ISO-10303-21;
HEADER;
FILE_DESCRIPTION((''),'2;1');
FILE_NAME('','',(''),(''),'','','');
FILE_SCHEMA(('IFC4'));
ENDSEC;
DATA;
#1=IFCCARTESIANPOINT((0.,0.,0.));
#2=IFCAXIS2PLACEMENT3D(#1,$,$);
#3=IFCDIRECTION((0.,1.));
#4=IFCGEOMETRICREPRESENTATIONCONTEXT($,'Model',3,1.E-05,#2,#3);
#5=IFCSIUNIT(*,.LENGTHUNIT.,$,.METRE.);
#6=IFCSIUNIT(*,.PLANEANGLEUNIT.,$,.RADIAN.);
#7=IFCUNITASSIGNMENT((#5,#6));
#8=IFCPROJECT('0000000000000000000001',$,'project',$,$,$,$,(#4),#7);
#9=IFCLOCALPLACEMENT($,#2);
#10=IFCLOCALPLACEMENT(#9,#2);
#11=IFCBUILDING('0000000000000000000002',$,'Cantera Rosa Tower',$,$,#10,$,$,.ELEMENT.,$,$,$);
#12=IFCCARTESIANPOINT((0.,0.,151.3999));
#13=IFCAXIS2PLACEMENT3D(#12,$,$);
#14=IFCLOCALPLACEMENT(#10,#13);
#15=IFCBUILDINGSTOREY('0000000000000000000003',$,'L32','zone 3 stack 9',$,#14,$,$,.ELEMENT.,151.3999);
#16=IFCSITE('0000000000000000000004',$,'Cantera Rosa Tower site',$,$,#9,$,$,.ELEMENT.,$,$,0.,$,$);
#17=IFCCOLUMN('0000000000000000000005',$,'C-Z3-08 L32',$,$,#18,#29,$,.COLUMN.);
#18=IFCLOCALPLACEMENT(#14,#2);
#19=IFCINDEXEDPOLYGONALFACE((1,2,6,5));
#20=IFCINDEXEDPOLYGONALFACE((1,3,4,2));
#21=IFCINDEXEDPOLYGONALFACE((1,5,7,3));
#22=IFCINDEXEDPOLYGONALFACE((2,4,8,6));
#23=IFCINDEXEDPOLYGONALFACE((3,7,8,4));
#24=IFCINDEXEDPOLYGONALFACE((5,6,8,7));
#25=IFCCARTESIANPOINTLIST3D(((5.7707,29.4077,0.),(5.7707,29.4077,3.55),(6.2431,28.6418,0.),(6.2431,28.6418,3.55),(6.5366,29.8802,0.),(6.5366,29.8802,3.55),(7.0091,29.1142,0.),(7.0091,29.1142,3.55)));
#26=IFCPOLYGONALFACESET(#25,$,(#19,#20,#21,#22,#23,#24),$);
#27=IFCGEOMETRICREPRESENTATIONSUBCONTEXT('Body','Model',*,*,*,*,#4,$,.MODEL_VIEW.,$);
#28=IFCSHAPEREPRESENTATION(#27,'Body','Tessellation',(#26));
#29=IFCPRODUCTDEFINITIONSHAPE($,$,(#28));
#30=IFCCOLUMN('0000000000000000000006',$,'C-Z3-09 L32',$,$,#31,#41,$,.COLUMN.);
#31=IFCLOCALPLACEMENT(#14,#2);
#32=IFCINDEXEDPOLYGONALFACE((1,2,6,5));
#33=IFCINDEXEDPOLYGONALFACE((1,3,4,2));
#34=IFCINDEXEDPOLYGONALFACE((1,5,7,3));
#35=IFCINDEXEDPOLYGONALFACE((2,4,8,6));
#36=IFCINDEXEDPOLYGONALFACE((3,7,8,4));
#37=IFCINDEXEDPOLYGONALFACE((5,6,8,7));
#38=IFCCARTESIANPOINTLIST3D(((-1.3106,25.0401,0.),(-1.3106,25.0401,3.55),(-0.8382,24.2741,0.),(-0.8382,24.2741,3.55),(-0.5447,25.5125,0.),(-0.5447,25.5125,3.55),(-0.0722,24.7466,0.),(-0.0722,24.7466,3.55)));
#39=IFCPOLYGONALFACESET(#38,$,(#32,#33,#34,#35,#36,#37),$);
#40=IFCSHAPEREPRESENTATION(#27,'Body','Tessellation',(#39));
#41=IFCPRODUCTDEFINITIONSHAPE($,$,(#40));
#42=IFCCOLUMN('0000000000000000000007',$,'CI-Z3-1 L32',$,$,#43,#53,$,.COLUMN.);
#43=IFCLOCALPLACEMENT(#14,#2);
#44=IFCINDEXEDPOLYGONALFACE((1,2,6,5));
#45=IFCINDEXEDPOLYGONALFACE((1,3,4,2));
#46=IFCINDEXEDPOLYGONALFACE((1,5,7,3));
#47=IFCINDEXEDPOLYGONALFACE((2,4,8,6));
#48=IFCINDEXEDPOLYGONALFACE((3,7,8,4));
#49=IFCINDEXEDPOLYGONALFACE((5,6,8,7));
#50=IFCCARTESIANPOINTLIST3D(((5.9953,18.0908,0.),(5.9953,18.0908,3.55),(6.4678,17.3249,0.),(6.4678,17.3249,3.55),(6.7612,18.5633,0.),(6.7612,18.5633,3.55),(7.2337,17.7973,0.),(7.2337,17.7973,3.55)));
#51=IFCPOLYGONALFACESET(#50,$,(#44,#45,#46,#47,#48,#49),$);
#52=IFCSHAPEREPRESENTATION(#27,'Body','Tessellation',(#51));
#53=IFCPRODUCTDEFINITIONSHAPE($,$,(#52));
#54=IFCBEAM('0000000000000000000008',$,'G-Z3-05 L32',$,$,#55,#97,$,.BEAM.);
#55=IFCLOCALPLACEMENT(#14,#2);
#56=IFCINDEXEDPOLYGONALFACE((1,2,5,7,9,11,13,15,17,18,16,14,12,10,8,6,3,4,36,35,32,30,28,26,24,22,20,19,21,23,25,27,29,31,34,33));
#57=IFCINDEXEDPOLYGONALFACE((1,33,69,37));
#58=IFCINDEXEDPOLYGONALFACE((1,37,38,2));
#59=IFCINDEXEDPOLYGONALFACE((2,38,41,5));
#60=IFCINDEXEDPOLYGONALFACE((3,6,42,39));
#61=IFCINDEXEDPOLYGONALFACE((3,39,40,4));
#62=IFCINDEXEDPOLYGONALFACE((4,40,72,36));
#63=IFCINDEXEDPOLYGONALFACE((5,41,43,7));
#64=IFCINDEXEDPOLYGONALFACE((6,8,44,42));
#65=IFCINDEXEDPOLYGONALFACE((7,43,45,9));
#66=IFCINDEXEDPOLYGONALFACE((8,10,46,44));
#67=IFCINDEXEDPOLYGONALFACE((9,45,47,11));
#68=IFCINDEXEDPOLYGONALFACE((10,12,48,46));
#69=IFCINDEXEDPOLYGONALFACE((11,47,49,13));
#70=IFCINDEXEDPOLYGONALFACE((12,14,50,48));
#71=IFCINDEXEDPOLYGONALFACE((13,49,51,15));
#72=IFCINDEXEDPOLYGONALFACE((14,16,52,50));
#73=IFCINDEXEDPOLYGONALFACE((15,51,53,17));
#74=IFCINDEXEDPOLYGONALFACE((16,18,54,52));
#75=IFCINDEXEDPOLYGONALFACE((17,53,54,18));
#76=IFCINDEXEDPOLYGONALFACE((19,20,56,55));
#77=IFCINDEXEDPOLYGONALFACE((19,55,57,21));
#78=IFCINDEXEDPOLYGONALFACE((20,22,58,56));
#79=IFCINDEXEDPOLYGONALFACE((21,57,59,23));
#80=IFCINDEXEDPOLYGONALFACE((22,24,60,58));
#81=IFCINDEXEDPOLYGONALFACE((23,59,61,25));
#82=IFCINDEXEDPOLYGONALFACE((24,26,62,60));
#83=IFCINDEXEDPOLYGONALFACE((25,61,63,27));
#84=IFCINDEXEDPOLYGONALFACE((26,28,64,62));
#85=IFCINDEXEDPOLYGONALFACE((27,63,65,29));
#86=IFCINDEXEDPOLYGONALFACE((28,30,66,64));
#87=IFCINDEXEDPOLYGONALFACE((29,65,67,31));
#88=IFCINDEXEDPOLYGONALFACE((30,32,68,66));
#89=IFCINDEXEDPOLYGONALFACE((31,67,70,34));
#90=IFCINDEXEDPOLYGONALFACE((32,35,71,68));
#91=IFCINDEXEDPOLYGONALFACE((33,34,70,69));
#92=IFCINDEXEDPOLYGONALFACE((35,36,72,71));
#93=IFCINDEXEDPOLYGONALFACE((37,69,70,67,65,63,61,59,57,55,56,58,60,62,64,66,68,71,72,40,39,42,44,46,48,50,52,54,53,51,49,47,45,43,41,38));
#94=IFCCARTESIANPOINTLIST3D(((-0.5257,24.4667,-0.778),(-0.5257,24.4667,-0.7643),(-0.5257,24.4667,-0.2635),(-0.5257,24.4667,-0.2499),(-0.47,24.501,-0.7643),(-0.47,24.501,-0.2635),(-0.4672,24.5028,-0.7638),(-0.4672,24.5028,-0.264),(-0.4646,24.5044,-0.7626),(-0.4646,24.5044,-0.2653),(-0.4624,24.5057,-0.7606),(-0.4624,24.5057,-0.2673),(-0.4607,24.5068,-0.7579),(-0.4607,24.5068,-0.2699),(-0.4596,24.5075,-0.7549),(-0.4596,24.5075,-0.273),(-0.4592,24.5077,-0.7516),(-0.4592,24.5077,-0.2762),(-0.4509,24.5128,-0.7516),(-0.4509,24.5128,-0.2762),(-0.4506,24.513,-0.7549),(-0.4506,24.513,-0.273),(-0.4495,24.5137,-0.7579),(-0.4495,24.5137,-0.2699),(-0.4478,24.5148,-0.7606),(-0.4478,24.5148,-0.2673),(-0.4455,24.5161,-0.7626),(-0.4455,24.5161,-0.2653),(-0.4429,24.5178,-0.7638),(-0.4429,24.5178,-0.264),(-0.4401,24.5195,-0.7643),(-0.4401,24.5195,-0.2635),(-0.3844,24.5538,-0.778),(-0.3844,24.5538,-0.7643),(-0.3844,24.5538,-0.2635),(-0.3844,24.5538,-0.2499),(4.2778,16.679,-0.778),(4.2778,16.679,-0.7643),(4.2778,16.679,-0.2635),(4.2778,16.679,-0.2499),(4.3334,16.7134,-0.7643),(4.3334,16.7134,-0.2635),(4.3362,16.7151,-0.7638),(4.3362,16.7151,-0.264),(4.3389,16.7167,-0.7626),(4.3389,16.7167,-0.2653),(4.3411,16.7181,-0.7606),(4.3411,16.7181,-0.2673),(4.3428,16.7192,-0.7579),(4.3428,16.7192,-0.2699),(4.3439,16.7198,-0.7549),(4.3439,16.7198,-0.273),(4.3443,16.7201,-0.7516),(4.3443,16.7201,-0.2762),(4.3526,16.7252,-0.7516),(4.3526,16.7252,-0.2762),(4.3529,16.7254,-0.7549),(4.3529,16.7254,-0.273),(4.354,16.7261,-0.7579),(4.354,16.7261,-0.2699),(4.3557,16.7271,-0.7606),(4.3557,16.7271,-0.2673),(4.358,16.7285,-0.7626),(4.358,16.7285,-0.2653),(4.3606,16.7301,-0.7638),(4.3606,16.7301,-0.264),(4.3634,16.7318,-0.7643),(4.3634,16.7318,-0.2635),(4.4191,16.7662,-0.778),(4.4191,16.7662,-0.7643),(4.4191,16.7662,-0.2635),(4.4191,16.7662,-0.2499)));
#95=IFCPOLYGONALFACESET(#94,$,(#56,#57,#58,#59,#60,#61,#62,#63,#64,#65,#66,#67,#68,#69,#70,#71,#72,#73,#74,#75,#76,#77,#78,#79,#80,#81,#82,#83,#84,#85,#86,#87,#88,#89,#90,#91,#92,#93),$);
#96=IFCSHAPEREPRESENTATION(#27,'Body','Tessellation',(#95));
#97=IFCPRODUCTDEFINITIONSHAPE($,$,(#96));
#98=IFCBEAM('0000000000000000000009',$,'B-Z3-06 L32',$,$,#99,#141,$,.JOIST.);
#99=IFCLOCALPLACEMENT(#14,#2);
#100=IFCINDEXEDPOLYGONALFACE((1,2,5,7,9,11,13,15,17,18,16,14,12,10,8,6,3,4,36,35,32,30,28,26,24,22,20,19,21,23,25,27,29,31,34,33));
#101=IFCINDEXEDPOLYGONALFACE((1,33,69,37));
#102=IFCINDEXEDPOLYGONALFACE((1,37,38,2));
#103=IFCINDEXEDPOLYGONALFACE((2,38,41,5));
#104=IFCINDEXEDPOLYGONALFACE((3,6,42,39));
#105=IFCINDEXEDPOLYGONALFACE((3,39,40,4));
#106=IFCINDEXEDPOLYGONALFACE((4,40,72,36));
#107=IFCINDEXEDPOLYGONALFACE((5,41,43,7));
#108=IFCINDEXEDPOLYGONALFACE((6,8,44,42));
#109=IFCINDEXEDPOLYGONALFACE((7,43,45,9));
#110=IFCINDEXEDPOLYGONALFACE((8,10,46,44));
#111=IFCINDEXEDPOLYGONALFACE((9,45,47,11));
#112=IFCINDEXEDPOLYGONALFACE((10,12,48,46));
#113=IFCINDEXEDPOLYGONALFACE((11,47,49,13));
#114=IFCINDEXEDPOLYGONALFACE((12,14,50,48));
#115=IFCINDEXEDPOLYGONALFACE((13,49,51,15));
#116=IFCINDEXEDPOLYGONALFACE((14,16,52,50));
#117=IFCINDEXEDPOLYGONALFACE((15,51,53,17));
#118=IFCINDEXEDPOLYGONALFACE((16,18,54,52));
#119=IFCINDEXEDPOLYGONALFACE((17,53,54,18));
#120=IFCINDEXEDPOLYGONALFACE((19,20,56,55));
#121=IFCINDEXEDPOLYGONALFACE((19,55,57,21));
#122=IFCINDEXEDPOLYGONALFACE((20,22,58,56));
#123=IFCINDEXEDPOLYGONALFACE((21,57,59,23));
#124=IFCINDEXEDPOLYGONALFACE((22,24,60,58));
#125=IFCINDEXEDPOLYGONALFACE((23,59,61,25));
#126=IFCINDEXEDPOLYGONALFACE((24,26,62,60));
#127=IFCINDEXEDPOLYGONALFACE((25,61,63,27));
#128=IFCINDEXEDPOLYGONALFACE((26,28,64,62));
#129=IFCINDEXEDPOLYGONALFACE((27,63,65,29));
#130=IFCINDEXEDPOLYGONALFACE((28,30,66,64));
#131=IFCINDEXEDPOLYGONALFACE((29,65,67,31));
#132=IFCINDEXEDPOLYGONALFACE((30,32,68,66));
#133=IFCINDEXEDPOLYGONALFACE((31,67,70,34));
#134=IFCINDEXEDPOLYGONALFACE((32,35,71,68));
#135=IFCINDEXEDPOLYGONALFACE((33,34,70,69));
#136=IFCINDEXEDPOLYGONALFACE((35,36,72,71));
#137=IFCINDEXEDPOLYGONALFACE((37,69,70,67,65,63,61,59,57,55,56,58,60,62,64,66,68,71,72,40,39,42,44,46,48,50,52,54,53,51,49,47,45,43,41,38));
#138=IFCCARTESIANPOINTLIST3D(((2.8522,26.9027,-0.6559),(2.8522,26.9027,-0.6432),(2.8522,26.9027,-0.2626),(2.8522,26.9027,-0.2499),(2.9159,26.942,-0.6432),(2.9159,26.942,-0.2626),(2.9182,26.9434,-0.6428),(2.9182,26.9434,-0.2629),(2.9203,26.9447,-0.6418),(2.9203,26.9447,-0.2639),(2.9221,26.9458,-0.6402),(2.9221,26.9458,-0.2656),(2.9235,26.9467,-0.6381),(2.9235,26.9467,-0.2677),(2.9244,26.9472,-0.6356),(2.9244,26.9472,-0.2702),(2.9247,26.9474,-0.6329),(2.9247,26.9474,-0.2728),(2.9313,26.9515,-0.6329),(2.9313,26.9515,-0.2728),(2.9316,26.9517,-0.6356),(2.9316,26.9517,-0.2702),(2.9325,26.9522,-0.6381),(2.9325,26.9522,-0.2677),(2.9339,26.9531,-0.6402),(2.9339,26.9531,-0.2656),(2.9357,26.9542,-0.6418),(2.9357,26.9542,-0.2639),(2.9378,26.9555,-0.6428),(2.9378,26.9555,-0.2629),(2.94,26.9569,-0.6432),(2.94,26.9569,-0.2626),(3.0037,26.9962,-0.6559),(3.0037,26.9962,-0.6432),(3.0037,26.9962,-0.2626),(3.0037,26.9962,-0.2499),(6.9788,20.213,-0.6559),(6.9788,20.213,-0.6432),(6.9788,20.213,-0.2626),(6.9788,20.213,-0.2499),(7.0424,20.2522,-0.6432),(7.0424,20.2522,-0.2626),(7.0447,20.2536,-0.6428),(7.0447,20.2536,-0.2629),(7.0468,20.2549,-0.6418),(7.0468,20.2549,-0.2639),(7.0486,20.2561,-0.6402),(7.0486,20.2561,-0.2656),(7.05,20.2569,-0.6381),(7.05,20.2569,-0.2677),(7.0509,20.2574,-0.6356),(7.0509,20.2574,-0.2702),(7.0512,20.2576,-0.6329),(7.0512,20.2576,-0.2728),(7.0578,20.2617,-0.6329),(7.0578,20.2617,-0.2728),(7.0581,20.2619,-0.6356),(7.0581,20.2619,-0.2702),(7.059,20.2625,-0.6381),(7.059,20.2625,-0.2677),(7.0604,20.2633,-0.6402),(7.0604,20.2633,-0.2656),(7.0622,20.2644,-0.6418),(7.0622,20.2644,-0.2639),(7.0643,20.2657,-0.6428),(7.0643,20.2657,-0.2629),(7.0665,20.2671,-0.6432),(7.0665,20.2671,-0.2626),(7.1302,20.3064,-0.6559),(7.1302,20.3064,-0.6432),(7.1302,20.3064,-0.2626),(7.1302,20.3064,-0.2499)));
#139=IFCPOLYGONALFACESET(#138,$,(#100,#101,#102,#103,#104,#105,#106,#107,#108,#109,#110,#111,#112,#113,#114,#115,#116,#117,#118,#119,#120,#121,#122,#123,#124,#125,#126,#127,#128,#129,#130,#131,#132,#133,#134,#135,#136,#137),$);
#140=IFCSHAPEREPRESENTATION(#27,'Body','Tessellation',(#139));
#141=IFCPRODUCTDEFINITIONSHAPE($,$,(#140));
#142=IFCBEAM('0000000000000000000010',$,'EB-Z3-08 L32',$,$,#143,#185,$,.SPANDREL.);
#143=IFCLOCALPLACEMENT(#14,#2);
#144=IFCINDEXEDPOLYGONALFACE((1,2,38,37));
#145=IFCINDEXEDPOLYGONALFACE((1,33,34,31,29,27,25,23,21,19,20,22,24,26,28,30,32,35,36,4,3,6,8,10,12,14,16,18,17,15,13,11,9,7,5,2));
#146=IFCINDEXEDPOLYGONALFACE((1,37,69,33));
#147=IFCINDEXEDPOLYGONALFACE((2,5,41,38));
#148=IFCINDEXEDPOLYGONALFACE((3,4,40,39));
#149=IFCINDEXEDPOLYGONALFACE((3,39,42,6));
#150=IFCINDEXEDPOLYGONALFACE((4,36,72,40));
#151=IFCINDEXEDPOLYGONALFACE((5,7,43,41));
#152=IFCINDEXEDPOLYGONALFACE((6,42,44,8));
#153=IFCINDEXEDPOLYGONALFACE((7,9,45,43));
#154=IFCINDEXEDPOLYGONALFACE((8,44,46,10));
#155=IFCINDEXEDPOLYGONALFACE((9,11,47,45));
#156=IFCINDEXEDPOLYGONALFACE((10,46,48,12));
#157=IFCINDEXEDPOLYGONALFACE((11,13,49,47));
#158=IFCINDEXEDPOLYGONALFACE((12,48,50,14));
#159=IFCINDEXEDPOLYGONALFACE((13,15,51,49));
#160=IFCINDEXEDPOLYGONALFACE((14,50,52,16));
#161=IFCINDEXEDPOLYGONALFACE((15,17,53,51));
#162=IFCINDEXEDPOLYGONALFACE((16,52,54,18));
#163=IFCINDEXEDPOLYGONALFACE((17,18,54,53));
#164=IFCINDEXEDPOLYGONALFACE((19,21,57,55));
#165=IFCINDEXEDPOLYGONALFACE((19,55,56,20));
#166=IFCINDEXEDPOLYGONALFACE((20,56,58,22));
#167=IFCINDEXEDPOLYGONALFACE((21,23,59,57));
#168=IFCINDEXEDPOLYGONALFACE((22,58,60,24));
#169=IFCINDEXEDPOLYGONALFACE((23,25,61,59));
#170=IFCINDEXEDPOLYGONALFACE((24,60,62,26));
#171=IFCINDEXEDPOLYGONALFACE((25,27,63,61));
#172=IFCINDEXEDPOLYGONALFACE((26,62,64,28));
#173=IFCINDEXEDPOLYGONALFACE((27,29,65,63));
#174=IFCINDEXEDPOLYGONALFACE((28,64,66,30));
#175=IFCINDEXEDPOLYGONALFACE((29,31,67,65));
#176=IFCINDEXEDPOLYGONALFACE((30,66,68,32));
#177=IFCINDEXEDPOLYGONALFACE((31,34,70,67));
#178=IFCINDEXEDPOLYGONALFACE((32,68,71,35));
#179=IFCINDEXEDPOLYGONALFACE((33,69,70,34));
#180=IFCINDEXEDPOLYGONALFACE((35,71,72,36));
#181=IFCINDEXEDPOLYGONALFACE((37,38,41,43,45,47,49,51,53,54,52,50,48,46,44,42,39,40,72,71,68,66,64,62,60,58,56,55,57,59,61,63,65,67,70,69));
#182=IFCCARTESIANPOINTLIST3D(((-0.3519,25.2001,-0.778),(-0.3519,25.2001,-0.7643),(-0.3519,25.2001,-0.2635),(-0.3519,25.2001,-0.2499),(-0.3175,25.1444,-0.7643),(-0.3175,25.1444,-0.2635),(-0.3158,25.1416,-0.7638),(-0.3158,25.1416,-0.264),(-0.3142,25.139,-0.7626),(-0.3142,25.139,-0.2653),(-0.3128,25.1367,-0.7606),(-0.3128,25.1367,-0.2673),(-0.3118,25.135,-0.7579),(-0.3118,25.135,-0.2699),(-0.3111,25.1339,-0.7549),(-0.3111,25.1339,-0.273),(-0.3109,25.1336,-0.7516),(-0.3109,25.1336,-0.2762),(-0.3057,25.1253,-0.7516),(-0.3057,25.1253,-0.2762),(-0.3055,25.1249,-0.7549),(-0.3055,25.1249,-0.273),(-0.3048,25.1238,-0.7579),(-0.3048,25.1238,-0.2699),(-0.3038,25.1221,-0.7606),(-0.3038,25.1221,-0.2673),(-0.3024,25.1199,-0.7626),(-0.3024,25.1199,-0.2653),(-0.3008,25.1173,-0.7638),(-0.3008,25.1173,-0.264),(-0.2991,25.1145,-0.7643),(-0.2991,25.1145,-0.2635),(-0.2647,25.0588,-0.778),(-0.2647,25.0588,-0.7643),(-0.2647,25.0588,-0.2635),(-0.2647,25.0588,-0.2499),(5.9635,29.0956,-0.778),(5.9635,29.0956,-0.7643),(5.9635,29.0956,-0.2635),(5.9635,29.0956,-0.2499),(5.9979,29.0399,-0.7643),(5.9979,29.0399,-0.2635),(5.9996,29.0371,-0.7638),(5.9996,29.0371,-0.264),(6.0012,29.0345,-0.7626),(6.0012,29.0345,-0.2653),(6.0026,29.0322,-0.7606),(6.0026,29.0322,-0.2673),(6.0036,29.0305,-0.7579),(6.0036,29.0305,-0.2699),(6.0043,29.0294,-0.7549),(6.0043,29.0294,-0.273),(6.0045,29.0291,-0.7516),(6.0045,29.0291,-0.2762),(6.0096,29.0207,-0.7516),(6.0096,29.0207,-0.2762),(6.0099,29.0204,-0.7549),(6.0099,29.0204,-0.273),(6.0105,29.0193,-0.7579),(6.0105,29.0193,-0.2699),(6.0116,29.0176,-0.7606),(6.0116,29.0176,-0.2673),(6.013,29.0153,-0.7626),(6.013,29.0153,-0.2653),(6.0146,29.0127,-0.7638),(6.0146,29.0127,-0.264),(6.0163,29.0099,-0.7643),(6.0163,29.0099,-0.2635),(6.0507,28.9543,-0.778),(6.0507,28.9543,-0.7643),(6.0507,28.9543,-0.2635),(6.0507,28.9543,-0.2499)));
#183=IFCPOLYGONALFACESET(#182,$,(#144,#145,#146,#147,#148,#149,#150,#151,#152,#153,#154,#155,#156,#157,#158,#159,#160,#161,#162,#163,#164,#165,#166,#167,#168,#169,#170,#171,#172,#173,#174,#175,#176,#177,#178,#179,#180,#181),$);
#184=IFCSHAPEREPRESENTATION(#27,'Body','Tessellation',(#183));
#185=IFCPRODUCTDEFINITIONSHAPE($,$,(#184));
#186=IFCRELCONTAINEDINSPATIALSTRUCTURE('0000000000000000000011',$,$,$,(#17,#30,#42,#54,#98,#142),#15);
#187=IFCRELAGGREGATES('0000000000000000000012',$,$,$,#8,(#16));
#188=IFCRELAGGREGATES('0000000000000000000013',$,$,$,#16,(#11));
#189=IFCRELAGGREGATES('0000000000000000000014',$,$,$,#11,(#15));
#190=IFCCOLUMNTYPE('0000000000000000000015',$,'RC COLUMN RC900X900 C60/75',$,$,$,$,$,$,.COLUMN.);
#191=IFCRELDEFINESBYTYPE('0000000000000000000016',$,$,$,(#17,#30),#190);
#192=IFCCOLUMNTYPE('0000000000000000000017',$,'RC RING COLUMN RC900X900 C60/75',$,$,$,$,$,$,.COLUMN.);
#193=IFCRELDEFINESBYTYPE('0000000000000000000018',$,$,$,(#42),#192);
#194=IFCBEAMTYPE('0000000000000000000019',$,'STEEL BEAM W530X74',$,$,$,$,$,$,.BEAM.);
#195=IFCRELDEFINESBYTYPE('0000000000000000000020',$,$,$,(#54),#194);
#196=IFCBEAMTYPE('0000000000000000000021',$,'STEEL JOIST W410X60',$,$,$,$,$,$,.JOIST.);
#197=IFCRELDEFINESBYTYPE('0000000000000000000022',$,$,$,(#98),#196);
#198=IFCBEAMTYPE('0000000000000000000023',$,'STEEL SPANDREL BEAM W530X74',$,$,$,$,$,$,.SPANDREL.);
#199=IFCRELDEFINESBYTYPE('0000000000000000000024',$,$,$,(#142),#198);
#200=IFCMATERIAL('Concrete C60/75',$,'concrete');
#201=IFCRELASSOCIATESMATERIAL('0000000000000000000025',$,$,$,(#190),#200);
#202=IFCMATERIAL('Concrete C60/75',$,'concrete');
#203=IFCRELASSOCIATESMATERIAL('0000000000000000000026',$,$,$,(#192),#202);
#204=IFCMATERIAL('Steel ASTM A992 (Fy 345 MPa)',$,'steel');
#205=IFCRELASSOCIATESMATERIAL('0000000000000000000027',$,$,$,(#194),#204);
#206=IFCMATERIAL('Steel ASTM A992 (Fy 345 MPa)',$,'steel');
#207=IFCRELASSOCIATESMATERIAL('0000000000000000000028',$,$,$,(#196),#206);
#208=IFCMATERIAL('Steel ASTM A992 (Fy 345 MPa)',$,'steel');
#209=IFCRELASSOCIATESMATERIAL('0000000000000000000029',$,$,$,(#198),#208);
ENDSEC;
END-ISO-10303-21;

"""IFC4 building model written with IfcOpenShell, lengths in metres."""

from ifc_helpers import new_model, si_unit, direction, frame, origin, origin_2d, place, context, subcontext, project, spatial, rectangle, i_section, extrude, material, material_profile, profile_set, type_object, element, save


model = new_model("IFC4")

# Units and contexts
model_context = context("Model", 3, precision=1e-05, world=origin(), true_north=direction((0.0, 1.0)))
body_context = subcontext(model_context, "Body", "Model", "MODEL_VIEW")
ifc_project = project(units=[si_unit("LENGTHUNIT", "METRE"), si_unit("PLANEANGLEUNIT", "RADIAN")], contexts=[model_context])

# Site, building, storey
site_placement = place(None, origin())
site = spatial("IfcSite", under=ifc_project, at=site_placement, Name="Cantera Rosa Tower site", CompositionType="ELEMENT", RefElevation=0.0)
building_placement = place(site_placement, origin())
building = spatial("IfcBuilding", under=site, at=building_placement, Name="Cantera Rosa Tower", CompositionType="ELEMENT")
storey_placement = place(building_placement, frame((0.0, 0.0, 151.3999)))
storey = spatial("IfcBuildingStorey", under=building, at=storey_placement, Name="L32", Description="zone 3 stack 9", CompositionType="ELEMENT", Elevation=151.3999)

# Columns
ifc_material_1 = material(Name="Concrete C60/75", Category="concrete")
ifc_material_profile_1 = material_profile(ifc_material_1, rectangle(XDim=0.8999, YDim=0.8999, at=origin_2d()), Name="RC COLUMN RC900X900 C60/75")
ifc_profile_set_1 = profile_set([ifc_material_profile_1], Name="Concrete C60/75")
column_type_1 = type_object("IfcColumnType", Name="RC COLUMN RC900X900 C60/75", PredefinedType="COLUMN", material=ifc_profile_set_1)
for number, where, z_axis, x_axis, name in (
    (1, (6.3899, 29.261, 0.0), (0.0, 0.0, 1.0), (0.851117, 0.524977, 0.0), "C-Z3-08 L32"),
    (2, (-0.6914, 24.8933, 0.0), (0.0, 0.0, 1.0), (0.851117, 0.524977, 0.0), "C-Z3-09 L32"),
):
    element("IfcColumn", number, at=place(storey_placement, frame(where, z_axis=z_axis, x_axis=x_axis)), inside=storey, type_object=column_type_1, Name=name, PredefinedType="COLUMN", context=body_context, shape_type="SweptSolid", body=[
        extrude(rectangle(XDim=0.8999, YDim=0.8999, at=origin_2d()), origin(), (0.0, 0.0, 1.0), 3.55),
    ])
ifc_material_2 = material(Name="Concrete C60/75", Category="concrete")
ifc_material_profile_2 = material_profile(ifc_material_2, rectangle(XDim=0.8999, YDim=0.8999, at=origin_2d()), Name="RC RING COLUMN RC900X900 C60/75")
ifc_profile_set_2 = profile_set([ifc_material_profile_2], Name="Concrete C60/75")
column_type_2 = type_object("IfcColumnType", Name="RC RING COLUMN RC900X900 C60/75", PredefinedType="COLUMN", material=ifc_profile_set_2)
column_placement = place(storey_placement, frame((6.6145, 17.9441, 0.0), z_axis=(0.0, 0.0, 1.0), x_axis=(0.851117, 0.524977, 0.0)))
element("IfcColumn", 3, at=column_placement, inside=storey, type_object=column_type_2, Name="CI-Z3-1 L32", PredefinedType="COLUMN", context=body_context, shape_type="SweptSolid", body=[
    extrude(rectangle(XDim=0.8999, YDim=0.8999, at=origin_2d()), origin(), (0.0, 0.0, 1.0), 3.55),
])

# Beams
ifc_material_3 = material(Name="Steel ASTM A992 (Fy 345 MPa)", Category="steel")
ifc_material_profile_3 = material_profile(ifc_material_3, i_section(OverallWidth=0.166, OverallDepth=0.5281, WebThickness=0.0098, FlangeThickness=0.0137, FilletRadius=0.0127, at=origin_2d()), Name="W530X74")
ifc_profile_set_3 = profile_set([ifc_material_profile_3], Name="Steel ASTM A992 (Fy 345 MPa)")
beam_type_1 = type_object("IfcBeamType", Name="STEEL BEAM W530X74", PredefinedType="BEAM", material=ifc_profile_set_3)
beam_1_placement = place(storey_placement, frame((-0.4551, 24.5103, -0.5139), z_axis=(0.524977, -0.851116, 0.0), x_axis=(0.851116, 0.524977, 0.0)))
element("IfcBeam", 4, at=beam_1_placement, inside=storey, type_object=beam_type_1, Name="G-Z3-05 L32", PredefinedType="BEAM", context=body_context, shape_type="SweptSolid", body=[
    extrude(i_section(OverallWidth=0.166, OverallDepth=0.5281, WebThickness=0.0098, FlangeThickness=0.0137, FilletRadius=0.0127, at=origin_2d()), origin(), (0.0, 0.0, 1.0), 9.1499),
])
ifc_material_4 = material(Name="Steel ASTM A992 (Fy 345 MPa)", Category="steel")
ifc_material_profile_4 = material_profile(ifc_material_4, i_section(OverallWidth=0.178, OverallDepth=0.406, WebThickness=0.0078, FlangeThickness=0.0127, FilletRadius=0.0103, at=origin_2d()), Name="W410X60")
ifc_profile_set_4 = profile_set([ifc_material_profile_4], Name="Steel ASTM A992 (Fy 345 MPa)")
beam_type_2 = type_object("IfcBeamType", Name="STEEL JOIST W410X60", PredefinedType="JOIST", material=ifc_profile_set_4)
beam_2_placement = place(storey_placement, frame((2.928, 26.9495, -0.4529), z_axis=(0.524995, -0.851105, 0.0), x_axis=(0.851105, 0.524995, 0.0)))
element("IfcBeam", 5, at=beam_2_placement, inside=storey, type_object=beam_type_2, Name="B-Z3-06 L32", PredefinedType="JOIST", context=body_context, shape_type="SweptSolid", body=[
    extrude(i_section(OverallWidth=0.178, OverallDepth=0.406, WebThickness=0.0078, FlangeThickness=0.0127, FilletRadius=0.0103, at=origin_2d()), origin(), (0.0, 0.0, 1.0), 7.8601),
])
ifc_material_5 = material(Name="Steel ASTM A992 (Fy 345 MPa)", Category="steel")
ifc_material_profile_5 = material_profile(ifc_material_5, i_section(OverallWidth=0.166, OverallDepth=0.5281, WebThickness=0.0098, FlangeThickness=0.0137, FilletRadius=0.0127, at=origin_2d()), Name="W530X74")
ifc_profile_set_5 = profile_set([ifc_material_profile_5], Name="Steel ASTM A992 (Fy 345 MPa)")
beam_type_3 = type_object("IfcBeamType", Name="STEEL SPANDREL BEAM W530X74", PredefinedType="SPANDREL", material=ifc_profile_set_5)
for number, where, z_axis, x_axis, name in (
    (6, (6.0071, 29.0249, -0.5139), (-0.851111, -0.524986, 0.0), (0.524986, -0.851111, 0.0), "EB-Z3-08 L32"),
):
    element("IfcBeam", number, at=place(storey_placement, frame(where, z_axis=z_axis, x_axis=x_axis)), inside=storey, type_object=beam_type_3, Name=name, PredefinedType="SPANDREL", context=body_context, shape_type="SweptSolid", body=[
        extrude(i_section(OverallWidth=0.166, OverallDepth=0.5281, WebThickness=0.0098, FlangeThickness=0.0137, FilletRadius=0.0127, at=origin_2d()), origin(), (0.0, 0.0, 1.0), 7.4202),
    ])

save(model, "model.ifc")
